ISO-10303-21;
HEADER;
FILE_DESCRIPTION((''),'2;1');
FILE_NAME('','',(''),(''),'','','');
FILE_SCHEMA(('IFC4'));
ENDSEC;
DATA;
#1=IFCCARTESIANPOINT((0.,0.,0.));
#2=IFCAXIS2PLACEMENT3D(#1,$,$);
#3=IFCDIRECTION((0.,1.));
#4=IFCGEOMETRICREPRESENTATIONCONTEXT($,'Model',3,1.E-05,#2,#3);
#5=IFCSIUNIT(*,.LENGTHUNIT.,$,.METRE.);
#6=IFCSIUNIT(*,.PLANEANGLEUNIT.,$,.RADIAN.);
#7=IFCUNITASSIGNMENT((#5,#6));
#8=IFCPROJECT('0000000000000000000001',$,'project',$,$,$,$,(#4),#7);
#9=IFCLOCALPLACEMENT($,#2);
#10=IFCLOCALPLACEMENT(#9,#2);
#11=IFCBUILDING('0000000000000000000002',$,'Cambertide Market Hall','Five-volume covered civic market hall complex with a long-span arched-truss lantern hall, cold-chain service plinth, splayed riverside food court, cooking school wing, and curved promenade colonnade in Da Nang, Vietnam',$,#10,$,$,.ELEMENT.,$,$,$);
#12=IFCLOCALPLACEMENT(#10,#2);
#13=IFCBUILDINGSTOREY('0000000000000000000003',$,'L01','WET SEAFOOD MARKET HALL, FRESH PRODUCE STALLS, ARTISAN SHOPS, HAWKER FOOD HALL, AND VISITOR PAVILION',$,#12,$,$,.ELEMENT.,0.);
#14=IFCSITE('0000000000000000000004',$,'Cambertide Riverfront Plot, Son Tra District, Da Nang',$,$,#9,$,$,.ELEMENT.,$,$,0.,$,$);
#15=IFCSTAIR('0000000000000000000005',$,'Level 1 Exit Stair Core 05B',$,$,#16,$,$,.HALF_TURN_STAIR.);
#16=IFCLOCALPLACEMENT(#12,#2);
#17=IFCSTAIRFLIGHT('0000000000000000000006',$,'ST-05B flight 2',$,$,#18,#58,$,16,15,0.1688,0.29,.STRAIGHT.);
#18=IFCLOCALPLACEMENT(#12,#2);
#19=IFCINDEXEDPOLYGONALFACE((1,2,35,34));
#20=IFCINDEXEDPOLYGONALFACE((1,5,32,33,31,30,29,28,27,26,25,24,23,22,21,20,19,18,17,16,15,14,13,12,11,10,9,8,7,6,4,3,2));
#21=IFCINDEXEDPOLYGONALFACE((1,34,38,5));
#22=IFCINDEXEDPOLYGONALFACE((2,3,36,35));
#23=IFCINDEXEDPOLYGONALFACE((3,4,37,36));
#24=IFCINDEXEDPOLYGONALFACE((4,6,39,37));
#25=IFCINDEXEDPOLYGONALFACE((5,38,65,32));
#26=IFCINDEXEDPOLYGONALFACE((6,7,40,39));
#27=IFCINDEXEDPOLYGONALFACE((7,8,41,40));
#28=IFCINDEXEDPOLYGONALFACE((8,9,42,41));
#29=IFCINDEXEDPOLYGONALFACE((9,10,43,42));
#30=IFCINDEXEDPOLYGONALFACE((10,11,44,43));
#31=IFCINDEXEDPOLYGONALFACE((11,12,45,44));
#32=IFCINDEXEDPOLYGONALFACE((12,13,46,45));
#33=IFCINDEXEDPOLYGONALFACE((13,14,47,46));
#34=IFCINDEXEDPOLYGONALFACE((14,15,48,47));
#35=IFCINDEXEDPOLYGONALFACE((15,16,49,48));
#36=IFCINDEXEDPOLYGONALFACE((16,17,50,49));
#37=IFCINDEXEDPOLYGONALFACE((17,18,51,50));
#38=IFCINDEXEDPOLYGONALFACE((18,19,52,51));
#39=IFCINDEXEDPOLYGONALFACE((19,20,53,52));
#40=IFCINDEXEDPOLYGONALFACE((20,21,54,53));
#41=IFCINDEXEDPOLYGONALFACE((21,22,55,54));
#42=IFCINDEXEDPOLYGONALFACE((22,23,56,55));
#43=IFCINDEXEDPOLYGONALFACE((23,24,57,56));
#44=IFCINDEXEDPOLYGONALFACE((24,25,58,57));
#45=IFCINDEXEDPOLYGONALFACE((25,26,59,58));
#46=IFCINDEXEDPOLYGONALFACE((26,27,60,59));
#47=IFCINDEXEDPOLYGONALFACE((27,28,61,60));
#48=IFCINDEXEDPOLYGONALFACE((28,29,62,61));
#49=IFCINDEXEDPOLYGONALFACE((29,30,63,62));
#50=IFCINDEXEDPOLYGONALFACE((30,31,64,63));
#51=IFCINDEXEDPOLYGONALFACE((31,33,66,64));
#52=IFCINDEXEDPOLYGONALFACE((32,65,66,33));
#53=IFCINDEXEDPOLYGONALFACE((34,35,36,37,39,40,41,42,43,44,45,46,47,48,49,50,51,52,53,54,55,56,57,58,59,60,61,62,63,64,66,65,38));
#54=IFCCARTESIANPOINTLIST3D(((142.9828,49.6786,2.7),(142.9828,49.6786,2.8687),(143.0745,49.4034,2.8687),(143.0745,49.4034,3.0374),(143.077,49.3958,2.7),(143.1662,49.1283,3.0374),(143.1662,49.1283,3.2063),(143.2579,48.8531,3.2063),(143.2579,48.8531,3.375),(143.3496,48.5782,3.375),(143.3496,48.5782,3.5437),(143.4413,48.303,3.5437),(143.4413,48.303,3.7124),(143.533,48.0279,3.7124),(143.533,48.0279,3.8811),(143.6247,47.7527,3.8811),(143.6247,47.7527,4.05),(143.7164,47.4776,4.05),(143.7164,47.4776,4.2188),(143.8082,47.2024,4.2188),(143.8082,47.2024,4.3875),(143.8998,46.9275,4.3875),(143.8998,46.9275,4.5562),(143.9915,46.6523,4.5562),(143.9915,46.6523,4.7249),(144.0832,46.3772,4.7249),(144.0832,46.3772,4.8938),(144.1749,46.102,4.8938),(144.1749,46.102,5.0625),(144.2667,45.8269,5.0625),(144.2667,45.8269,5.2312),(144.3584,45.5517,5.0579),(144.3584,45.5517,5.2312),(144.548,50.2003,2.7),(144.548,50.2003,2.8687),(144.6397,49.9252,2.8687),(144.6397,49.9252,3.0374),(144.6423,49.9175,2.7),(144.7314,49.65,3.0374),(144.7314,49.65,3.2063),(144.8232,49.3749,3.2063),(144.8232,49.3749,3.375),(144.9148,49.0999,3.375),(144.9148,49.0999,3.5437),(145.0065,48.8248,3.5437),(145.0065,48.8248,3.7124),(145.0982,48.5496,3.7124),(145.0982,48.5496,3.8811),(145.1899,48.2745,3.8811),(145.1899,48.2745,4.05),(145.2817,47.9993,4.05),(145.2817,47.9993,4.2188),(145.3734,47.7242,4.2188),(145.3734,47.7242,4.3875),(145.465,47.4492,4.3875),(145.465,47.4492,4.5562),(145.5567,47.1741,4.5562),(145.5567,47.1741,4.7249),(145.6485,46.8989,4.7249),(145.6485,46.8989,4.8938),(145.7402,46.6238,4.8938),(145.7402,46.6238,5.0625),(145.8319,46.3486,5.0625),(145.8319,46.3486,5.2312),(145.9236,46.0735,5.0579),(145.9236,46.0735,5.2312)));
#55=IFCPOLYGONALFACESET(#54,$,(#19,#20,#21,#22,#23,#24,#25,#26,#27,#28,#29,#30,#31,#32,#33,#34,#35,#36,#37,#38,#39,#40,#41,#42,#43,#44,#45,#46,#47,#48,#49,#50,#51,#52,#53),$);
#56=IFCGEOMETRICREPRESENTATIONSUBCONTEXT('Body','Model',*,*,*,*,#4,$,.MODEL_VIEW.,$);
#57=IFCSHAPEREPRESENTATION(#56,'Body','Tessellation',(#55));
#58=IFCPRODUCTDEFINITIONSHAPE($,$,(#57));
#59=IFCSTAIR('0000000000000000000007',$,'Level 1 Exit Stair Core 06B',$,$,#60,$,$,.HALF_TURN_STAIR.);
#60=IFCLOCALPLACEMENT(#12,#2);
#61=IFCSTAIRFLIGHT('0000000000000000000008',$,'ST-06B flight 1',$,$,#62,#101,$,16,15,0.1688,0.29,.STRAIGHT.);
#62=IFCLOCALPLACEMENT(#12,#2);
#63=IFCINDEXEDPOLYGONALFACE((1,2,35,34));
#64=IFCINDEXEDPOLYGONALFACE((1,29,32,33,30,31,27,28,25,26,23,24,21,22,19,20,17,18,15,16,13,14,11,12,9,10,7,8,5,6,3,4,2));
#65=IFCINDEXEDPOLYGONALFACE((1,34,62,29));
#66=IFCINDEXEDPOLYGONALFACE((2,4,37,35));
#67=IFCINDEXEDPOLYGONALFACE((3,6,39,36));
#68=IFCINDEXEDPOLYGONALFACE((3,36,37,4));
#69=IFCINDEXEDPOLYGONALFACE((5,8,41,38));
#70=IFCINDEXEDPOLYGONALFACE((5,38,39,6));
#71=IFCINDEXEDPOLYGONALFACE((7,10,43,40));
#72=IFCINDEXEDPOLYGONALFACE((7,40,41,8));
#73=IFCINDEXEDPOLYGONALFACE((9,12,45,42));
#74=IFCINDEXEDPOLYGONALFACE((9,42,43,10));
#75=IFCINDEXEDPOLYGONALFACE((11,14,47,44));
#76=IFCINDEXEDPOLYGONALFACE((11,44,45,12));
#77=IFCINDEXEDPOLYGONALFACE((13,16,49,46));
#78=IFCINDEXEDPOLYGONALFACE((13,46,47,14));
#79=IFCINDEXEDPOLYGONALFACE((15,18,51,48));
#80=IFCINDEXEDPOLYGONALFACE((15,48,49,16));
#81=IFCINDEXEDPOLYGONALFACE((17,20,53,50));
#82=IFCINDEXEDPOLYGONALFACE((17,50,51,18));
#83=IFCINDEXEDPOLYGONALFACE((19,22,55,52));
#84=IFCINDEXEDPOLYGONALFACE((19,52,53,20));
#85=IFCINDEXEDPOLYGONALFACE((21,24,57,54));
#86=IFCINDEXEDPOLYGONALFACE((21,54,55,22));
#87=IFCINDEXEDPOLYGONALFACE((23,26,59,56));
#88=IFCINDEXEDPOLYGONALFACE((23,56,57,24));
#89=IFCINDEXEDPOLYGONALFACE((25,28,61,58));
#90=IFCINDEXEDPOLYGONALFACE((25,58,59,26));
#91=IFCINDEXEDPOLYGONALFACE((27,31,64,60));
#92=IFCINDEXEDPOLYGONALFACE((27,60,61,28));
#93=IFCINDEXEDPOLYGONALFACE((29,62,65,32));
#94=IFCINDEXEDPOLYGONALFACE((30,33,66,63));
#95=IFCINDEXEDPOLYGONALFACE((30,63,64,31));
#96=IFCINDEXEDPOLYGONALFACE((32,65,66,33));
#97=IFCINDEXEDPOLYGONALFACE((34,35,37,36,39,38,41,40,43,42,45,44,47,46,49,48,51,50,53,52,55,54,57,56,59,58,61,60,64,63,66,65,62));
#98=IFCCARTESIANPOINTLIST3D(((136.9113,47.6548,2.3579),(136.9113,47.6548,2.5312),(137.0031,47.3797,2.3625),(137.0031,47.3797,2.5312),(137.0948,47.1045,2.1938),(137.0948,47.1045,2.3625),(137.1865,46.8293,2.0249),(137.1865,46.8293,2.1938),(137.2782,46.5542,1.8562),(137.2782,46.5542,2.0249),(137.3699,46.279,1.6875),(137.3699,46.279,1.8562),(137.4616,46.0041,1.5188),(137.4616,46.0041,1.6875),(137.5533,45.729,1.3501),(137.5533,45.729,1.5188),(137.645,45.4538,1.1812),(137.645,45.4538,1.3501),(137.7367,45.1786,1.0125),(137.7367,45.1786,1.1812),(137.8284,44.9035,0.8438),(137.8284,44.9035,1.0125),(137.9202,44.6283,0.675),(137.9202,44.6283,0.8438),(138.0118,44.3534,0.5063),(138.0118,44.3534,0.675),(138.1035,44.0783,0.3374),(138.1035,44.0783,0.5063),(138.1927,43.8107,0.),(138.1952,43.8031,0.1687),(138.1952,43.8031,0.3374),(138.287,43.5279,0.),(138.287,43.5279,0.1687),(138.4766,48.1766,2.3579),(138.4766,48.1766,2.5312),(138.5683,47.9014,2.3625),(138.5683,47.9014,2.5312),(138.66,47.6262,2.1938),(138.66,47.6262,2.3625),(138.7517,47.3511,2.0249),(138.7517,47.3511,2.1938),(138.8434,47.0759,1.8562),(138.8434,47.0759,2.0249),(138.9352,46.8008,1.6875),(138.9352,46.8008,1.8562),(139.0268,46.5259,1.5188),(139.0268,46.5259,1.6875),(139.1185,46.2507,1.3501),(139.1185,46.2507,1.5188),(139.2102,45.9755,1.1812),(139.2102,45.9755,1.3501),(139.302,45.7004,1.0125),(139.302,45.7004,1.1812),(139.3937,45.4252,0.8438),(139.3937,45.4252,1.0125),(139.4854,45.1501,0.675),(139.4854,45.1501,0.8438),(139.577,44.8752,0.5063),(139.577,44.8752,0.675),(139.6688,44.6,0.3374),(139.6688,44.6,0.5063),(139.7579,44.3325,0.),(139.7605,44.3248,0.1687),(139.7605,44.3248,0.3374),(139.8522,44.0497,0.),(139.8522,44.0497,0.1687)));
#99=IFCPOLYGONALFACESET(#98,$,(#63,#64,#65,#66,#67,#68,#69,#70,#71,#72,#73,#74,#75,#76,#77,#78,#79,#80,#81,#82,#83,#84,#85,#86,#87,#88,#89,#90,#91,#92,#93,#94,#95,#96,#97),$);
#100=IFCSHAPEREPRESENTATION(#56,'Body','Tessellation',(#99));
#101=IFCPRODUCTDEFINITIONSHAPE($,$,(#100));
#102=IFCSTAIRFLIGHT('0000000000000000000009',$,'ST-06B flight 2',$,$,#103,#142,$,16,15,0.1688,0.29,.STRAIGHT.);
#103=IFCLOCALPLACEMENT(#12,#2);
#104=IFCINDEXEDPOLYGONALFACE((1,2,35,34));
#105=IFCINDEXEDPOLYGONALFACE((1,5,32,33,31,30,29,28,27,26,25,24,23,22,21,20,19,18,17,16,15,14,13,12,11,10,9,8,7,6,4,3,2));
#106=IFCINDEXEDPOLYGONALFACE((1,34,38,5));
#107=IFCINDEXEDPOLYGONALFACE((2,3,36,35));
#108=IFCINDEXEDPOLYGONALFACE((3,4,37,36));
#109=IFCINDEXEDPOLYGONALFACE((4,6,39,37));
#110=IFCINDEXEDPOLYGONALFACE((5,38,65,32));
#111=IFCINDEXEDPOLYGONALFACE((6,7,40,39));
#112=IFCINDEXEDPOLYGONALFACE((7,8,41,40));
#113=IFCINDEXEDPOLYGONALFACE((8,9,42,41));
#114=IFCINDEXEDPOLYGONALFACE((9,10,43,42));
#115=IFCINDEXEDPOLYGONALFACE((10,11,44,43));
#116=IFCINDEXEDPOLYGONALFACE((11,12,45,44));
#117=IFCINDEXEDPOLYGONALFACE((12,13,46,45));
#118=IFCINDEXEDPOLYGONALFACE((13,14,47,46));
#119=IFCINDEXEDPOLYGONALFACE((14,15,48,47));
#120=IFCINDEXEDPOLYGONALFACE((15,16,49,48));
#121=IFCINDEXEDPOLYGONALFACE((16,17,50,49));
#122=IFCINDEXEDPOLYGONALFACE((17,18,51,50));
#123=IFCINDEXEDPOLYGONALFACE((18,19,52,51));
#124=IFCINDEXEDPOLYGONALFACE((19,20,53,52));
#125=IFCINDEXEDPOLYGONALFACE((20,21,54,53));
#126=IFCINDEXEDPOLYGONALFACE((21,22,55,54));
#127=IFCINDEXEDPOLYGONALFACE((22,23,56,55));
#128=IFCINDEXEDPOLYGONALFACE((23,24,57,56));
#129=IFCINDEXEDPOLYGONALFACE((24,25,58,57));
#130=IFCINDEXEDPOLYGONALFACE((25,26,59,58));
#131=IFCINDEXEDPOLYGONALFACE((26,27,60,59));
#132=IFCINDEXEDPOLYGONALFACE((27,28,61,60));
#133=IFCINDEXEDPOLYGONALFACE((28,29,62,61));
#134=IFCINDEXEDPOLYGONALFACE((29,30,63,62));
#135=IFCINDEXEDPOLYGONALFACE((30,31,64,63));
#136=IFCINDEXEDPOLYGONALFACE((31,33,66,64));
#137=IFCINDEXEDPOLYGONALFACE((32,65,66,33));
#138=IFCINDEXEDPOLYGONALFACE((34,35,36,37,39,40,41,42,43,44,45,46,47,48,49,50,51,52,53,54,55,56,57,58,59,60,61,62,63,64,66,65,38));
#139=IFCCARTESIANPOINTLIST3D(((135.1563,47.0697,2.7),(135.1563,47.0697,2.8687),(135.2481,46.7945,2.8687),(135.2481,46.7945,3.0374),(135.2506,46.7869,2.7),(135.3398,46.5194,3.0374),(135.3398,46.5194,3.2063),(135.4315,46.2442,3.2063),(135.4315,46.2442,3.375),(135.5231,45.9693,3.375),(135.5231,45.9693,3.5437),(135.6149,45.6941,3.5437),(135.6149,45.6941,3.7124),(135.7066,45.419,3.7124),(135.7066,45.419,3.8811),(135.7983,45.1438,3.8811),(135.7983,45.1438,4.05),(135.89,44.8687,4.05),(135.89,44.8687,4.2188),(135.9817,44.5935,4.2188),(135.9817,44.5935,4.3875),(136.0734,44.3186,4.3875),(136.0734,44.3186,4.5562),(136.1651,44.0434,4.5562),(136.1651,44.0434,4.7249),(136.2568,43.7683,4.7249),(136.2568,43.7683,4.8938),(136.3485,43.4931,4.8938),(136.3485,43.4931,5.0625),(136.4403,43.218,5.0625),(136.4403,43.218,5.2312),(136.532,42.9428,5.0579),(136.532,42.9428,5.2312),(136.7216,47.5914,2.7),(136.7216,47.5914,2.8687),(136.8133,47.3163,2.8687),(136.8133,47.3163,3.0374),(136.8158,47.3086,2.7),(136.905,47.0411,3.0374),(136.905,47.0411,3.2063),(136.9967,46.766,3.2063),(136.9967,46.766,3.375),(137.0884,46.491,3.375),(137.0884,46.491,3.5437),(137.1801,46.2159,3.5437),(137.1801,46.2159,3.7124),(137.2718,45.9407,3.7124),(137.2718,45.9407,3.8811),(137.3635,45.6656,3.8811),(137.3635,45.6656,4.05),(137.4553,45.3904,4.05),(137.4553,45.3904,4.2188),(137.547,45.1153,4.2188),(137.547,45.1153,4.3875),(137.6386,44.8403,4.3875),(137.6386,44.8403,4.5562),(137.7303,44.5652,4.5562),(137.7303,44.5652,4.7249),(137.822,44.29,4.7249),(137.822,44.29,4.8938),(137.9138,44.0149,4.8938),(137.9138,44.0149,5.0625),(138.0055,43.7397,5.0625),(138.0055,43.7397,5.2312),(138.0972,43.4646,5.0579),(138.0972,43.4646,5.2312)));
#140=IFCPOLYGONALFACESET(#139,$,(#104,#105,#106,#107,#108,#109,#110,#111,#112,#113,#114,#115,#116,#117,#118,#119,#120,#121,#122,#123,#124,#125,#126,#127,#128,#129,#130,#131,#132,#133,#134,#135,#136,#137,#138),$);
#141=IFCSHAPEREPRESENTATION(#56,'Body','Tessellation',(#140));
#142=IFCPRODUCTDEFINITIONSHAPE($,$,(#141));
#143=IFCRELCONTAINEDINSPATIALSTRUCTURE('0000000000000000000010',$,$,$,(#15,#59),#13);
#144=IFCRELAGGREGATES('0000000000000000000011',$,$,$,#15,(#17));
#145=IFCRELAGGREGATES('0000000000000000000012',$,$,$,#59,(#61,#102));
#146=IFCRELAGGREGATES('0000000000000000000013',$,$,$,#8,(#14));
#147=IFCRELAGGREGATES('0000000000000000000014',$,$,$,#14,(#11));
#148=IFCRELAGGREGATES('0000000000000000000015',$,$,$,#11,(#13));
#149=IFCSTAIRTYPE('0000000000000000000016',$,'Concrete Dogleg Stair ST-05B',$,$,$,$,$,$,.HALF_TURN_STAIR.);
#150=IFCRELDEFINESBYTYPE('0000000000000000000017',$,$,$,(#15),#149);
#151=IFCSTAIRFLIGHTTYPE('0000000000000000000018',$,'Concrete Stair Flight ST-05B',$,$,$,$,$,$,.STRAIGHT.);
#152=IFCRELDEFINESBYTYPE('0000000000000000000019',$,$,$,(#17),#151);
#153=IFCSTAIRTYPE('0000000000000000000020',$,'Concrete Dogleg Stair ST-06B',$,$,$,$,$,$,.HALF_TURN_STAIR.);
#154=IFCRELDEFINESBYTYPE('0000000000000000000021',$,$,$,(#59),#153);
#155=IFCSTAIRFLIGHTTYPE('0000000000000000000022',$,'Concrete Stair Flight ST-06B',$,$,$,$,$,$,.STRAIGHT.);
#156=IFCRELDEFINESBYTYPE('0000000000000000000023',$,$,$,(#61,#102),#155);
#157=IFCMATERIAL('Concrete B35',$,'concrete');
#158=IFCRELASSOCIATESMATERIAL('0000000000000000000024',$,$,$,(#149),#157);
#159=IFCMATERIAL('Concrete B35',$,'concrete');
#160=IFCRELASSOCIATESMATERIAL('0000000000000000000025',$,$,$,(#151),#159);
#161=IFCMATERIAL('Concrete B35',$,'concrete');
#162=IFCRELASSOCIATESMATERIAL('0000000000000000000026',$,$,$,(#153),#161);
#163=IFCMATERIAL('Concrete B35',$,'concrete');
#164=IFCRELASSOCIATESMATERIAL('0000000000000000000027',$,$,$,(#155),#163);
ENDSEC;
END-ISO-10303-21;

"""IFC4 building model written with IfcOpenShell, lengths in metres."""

from ifc_helpers import new_model, si_unit, direction, frame, origin, place, context, subcontext, project, spatial, polyline, outline, extrude, material, type_object, element, aggregate, save


model = new_model("IFC4")

# Units and contexts
model_context = context("Model", 3, precision=1e-05, world=origin(), true_north=direction((0.0, 1.0)))
body_context = subcontext(model_context, "Body", "Model", "MODEL_VIEW")
ifc_project = project(units=[si_unit("LENGTHUNIT", "METRE"), si_unit("PLANEANGLEUNIT", "RADIAN")], contexts=[model_context])

# Site, building, storey
site_placement = place(None, origin())
site = spatial("IfcSite", under=ifc_project, at=site_placement, Name="Cambertide Riverfront Plot, Son Tra District, Da Nang", CompositionType="ELEMENT", RefElevation=0.0)
building_placement = place(site_placement, origin())
building = spatial("IfcBuilding", under=site, at=building_placement, Name="Cambertide Market Hall", Description="Five-volume covered civic market hall complex with a long-span arched-truss lantern hall, cold-chain service plinth, splayed riverside food court, cooking school wing, and curved promenade colonnade in Da Nang, Vietnam", CompositionType="ELEMENT")
storey_placement = place(building_placement, origin())
storey = spatial("IfcBuildingStorey", under=building, at=storey_placement, Name="L01", Description="WET SEAFOOD MARKET HALL, FRESH PRODUCE STALLS, ARTISAN SHOPS, HAWKER FOOD HALL, AND VISITOR PAVILION", CompositionType="ELEMENT", Elevation=0.0)

# Stair, stair flight
ifc_material_1 = material(Name="Concrete B35", Category="concrete")
stair_type_1 = type_object("IfcStairType", Name="Concrete Dogleg Stair ST-05B", PredefinedType="HALF_TURN_STAIR", material=ifc_material_1)
stair_1_placement = place(storey_placement, origin())
stair_1 = element("IfcStair", 1, at=stair_1_placement, inside=storey, type_object=stair_type_1, Name="Level 1 Exit Stair Core 05B", PredefinedType="HALF_TURN_STAIR")
ifc_material_2 = material(Name="Concrete B35", Category="concrete")
stair_flight_type_1 = type_object("IfcStairFlightType", Name="Concrete Stair Flight ST-05B", PredefinedType="STRAIGHT", material=ifc_material_2)
stair_flight_1_placement = place(storey_placement, frame((143.7654, 49.9395, 2.7), z_axis=(0.0, 0.0, 1.0), x_axis=(0.316228, -0.948683, 0.0)))
stair_flight_1 = element("IfcStairFlight", 2, at=stair_flight_1_placement, type_object=stair_flight_type_1, Name="ST-05B flight 2", NumberOfRisers=16, NumberOfTreads=15, PredefinedType="STRAIGHT", RiserHeight=0.1688, TreadLength=0.29, context=body_context, shape_type="SweptSolid", body=[
    extrude(outline(polyline([(0.0, 0.0), (0.0, 0.1687), (0.29, 0.1687), (0.29, 0.3374), (0.5801, 0.3374), (0.5801, 0.5063), (0.8701, 0.5063), (0.8701, 0.675), (1.1599, 0.675), (1.1599, 0.8438), (1.45, 0.8438), (1.45, 1.0125), (1.74, 1.0125), (1.74, 1.1812), (2.03, 1.1812), (2.03, 1.3501), (2.3201, 1.3501), (2.3201, 1.5188), (2.6101, 1.5188), (2.6101, 1.6875), (2.8999, 1.6875), (2.8999, 1.8562), (3.1899, 1.8562), (3.1899, 2.0249), (3.48, 2.0249), (3.48, 2.1938), (3.77, 2.1938), (3.77, 2.3625), (4.0601, 2.3625), (4.0601, 2.5312), (4.3501, 2.5312), (4.3501, 2.7), (4.3501, 2.3579), (0.2981, 0.0), (0.0, 0.0)])), frame((0.0, 0.825, 0.0), z_axis=(0.0, -1.0, 0.0), x_axis=(1.0, 0.0, 0.0)), (0.0, 0.0, 1.0), 1.6499),
])
aggregate(stair_1, [stair_flight_1])

# Stair, stair flights
ifc_material_3 = material(Name="Concrete B35", Category="concrete")
stair_type_2 = type_object("IfcStairType", Name="Concrete Dogleg Stair ST-06B", PredefinedType="HALF_TURN_STAIR", material=ifc_material_3)
stair_2_placement = place(storey_placement, origin())
stair_2 = element("IfcStair", 3, at=stair_2_placement, inside=storey, type_object=stair_type_2, Name="Level 1 Exit Stair Core 06B", PredefinedType="HALF_TURN_STAIR")
ifc_material_4 = material(Name="Concrete B35", Category="concrete")
stair_flight_type_2 = type_object("IfcStairFlightType", Name="Concrete Stair Flight ST-06B", PredefinedType="STRAIGHT", material=ifc_material_4)
stair_flight_2_placement = place(storey_placement, frame((139.0696, 43.7888, 0.0), z_axis=(0.0, 0.0, 1.0), x_axis=(-0.316228, 0.948683, 0.0)))
stair_flight_2 = element("IfcStairFlight", 4, at=stair_flight_2_placement, type_object=stair_flight_type_2, Name="ST-06B flight 1", NumberOfRisers=16, NumberOfTreads=15, PredefinedType="STRAIGHT", RiserHeight=0.1688, TreadLength=0.29, context=body_context, shape_type="SweptSolid", body=[
    extrude(outline(polyline([(0.0, 0.0), (0.0, 0.1687), (0.29, 0.1687), (0.29, 0.3374), (0.5801, 0.3374), (0.5801, 0.5063), (0.8701, 0.5063), (0.8701, 0.675), (1.1599, 0.675), (1.1599, 0.8438), (1.45, 0.8438), (1.45, 1.0125), (1.74, 1.0125), (1.74, 1.1812), (2.03, 1.1812), (2.03, 1.3501), (2.3201, 1.3501), (2.3201, 1.5188), (2.6101, 1.5188), (2.6101, 1.6875), (2.8999, 1.6875), (2.8999, 1.8562), (3.1899, 1.8562), (3.1899, 2.0249), (3.48, 2.0249), (3.48, 2.1938), (3.77, 2.1938), (3.77, 2.3625), (4.0601, 2.3625), (4.0601, 2.5312), (4.3501, 2.5312), (4.3501, 2.7), (4.3501, 2.3579), (0.2981, 0.0), (0.0, 0.0)])), frame((0.0, 0.825, 0.0), z_axis=(0.0, -1.0, 0.0), x_axis=(1.0, 0.0, 0.0)), (0.0, 0.0, 1.0), 1.6499),
])
stair_flight_3_placement = place(storey_placement, frame((135.939, 47.3306, 2.7), z_axis=(0.0, 0.0, 1.0), x_axis=(0.316228, -0.948683, 0.0)))
stair_flight_3 = element("IfcStairFlight", 5, at=stair_flight_3_placement, type_object=stair_flight_type_2, Name="ST-06B flight 2", NumberOfRisers=16, NumberOfTreads=15, PredefinedType="STRAIGHT", RiserHeight=0.1688, TreadLength=0.29, context=body_context, shape_type="SweptSolid", body=[
    extrude(outline(polyline([(0.0, 0.0), (0.0, 0.1687), (0.29, 0.1687), (0.29, 0.3374), (0.5801, 0.3374), (0.5801, 0.5063), (0.8701, 0.5063), (0.8701, 0.675), (1.1599, 0.675), (1.1599, 0.8438), (1.45, 0.8438), (1.45, 1.0125), (1.74, 1.0125), (1.74, 1.1812), (2.03, 1.1812), (2.03, 1.3501), (2.3201, 1.3501), (2.3201, 1.5188), (2.6101, 1.5188), (2.6101, 1.6875), (2.8999, 1.6875), (2.8999, 1.8562), (3.1899, 1.8562), (3.1899, 2.0249), (3.48, 2.0249), (3.48, 2.1938), (3.77, 2.1938), (3.77, 2.3625), (4.0601, 2.3625), (4.0601, 2.5312), (4.3501, 2.5312), (4.3501, 2.7), (4.3501, 2.3579), (0.2981, 0.0), (0.0, 0.0)])), frame((0.0, 0.825, 0.0), z_axis=(0.0, -1.0, 0.0), x_axis=(1.0, 0.0, 0.0)), (0.0, 0.0, 1.0), 1.6499),
])
aggregate(stair_2, [stair_flight_2, stair_flight_3])

save(model, "model.ifc")
